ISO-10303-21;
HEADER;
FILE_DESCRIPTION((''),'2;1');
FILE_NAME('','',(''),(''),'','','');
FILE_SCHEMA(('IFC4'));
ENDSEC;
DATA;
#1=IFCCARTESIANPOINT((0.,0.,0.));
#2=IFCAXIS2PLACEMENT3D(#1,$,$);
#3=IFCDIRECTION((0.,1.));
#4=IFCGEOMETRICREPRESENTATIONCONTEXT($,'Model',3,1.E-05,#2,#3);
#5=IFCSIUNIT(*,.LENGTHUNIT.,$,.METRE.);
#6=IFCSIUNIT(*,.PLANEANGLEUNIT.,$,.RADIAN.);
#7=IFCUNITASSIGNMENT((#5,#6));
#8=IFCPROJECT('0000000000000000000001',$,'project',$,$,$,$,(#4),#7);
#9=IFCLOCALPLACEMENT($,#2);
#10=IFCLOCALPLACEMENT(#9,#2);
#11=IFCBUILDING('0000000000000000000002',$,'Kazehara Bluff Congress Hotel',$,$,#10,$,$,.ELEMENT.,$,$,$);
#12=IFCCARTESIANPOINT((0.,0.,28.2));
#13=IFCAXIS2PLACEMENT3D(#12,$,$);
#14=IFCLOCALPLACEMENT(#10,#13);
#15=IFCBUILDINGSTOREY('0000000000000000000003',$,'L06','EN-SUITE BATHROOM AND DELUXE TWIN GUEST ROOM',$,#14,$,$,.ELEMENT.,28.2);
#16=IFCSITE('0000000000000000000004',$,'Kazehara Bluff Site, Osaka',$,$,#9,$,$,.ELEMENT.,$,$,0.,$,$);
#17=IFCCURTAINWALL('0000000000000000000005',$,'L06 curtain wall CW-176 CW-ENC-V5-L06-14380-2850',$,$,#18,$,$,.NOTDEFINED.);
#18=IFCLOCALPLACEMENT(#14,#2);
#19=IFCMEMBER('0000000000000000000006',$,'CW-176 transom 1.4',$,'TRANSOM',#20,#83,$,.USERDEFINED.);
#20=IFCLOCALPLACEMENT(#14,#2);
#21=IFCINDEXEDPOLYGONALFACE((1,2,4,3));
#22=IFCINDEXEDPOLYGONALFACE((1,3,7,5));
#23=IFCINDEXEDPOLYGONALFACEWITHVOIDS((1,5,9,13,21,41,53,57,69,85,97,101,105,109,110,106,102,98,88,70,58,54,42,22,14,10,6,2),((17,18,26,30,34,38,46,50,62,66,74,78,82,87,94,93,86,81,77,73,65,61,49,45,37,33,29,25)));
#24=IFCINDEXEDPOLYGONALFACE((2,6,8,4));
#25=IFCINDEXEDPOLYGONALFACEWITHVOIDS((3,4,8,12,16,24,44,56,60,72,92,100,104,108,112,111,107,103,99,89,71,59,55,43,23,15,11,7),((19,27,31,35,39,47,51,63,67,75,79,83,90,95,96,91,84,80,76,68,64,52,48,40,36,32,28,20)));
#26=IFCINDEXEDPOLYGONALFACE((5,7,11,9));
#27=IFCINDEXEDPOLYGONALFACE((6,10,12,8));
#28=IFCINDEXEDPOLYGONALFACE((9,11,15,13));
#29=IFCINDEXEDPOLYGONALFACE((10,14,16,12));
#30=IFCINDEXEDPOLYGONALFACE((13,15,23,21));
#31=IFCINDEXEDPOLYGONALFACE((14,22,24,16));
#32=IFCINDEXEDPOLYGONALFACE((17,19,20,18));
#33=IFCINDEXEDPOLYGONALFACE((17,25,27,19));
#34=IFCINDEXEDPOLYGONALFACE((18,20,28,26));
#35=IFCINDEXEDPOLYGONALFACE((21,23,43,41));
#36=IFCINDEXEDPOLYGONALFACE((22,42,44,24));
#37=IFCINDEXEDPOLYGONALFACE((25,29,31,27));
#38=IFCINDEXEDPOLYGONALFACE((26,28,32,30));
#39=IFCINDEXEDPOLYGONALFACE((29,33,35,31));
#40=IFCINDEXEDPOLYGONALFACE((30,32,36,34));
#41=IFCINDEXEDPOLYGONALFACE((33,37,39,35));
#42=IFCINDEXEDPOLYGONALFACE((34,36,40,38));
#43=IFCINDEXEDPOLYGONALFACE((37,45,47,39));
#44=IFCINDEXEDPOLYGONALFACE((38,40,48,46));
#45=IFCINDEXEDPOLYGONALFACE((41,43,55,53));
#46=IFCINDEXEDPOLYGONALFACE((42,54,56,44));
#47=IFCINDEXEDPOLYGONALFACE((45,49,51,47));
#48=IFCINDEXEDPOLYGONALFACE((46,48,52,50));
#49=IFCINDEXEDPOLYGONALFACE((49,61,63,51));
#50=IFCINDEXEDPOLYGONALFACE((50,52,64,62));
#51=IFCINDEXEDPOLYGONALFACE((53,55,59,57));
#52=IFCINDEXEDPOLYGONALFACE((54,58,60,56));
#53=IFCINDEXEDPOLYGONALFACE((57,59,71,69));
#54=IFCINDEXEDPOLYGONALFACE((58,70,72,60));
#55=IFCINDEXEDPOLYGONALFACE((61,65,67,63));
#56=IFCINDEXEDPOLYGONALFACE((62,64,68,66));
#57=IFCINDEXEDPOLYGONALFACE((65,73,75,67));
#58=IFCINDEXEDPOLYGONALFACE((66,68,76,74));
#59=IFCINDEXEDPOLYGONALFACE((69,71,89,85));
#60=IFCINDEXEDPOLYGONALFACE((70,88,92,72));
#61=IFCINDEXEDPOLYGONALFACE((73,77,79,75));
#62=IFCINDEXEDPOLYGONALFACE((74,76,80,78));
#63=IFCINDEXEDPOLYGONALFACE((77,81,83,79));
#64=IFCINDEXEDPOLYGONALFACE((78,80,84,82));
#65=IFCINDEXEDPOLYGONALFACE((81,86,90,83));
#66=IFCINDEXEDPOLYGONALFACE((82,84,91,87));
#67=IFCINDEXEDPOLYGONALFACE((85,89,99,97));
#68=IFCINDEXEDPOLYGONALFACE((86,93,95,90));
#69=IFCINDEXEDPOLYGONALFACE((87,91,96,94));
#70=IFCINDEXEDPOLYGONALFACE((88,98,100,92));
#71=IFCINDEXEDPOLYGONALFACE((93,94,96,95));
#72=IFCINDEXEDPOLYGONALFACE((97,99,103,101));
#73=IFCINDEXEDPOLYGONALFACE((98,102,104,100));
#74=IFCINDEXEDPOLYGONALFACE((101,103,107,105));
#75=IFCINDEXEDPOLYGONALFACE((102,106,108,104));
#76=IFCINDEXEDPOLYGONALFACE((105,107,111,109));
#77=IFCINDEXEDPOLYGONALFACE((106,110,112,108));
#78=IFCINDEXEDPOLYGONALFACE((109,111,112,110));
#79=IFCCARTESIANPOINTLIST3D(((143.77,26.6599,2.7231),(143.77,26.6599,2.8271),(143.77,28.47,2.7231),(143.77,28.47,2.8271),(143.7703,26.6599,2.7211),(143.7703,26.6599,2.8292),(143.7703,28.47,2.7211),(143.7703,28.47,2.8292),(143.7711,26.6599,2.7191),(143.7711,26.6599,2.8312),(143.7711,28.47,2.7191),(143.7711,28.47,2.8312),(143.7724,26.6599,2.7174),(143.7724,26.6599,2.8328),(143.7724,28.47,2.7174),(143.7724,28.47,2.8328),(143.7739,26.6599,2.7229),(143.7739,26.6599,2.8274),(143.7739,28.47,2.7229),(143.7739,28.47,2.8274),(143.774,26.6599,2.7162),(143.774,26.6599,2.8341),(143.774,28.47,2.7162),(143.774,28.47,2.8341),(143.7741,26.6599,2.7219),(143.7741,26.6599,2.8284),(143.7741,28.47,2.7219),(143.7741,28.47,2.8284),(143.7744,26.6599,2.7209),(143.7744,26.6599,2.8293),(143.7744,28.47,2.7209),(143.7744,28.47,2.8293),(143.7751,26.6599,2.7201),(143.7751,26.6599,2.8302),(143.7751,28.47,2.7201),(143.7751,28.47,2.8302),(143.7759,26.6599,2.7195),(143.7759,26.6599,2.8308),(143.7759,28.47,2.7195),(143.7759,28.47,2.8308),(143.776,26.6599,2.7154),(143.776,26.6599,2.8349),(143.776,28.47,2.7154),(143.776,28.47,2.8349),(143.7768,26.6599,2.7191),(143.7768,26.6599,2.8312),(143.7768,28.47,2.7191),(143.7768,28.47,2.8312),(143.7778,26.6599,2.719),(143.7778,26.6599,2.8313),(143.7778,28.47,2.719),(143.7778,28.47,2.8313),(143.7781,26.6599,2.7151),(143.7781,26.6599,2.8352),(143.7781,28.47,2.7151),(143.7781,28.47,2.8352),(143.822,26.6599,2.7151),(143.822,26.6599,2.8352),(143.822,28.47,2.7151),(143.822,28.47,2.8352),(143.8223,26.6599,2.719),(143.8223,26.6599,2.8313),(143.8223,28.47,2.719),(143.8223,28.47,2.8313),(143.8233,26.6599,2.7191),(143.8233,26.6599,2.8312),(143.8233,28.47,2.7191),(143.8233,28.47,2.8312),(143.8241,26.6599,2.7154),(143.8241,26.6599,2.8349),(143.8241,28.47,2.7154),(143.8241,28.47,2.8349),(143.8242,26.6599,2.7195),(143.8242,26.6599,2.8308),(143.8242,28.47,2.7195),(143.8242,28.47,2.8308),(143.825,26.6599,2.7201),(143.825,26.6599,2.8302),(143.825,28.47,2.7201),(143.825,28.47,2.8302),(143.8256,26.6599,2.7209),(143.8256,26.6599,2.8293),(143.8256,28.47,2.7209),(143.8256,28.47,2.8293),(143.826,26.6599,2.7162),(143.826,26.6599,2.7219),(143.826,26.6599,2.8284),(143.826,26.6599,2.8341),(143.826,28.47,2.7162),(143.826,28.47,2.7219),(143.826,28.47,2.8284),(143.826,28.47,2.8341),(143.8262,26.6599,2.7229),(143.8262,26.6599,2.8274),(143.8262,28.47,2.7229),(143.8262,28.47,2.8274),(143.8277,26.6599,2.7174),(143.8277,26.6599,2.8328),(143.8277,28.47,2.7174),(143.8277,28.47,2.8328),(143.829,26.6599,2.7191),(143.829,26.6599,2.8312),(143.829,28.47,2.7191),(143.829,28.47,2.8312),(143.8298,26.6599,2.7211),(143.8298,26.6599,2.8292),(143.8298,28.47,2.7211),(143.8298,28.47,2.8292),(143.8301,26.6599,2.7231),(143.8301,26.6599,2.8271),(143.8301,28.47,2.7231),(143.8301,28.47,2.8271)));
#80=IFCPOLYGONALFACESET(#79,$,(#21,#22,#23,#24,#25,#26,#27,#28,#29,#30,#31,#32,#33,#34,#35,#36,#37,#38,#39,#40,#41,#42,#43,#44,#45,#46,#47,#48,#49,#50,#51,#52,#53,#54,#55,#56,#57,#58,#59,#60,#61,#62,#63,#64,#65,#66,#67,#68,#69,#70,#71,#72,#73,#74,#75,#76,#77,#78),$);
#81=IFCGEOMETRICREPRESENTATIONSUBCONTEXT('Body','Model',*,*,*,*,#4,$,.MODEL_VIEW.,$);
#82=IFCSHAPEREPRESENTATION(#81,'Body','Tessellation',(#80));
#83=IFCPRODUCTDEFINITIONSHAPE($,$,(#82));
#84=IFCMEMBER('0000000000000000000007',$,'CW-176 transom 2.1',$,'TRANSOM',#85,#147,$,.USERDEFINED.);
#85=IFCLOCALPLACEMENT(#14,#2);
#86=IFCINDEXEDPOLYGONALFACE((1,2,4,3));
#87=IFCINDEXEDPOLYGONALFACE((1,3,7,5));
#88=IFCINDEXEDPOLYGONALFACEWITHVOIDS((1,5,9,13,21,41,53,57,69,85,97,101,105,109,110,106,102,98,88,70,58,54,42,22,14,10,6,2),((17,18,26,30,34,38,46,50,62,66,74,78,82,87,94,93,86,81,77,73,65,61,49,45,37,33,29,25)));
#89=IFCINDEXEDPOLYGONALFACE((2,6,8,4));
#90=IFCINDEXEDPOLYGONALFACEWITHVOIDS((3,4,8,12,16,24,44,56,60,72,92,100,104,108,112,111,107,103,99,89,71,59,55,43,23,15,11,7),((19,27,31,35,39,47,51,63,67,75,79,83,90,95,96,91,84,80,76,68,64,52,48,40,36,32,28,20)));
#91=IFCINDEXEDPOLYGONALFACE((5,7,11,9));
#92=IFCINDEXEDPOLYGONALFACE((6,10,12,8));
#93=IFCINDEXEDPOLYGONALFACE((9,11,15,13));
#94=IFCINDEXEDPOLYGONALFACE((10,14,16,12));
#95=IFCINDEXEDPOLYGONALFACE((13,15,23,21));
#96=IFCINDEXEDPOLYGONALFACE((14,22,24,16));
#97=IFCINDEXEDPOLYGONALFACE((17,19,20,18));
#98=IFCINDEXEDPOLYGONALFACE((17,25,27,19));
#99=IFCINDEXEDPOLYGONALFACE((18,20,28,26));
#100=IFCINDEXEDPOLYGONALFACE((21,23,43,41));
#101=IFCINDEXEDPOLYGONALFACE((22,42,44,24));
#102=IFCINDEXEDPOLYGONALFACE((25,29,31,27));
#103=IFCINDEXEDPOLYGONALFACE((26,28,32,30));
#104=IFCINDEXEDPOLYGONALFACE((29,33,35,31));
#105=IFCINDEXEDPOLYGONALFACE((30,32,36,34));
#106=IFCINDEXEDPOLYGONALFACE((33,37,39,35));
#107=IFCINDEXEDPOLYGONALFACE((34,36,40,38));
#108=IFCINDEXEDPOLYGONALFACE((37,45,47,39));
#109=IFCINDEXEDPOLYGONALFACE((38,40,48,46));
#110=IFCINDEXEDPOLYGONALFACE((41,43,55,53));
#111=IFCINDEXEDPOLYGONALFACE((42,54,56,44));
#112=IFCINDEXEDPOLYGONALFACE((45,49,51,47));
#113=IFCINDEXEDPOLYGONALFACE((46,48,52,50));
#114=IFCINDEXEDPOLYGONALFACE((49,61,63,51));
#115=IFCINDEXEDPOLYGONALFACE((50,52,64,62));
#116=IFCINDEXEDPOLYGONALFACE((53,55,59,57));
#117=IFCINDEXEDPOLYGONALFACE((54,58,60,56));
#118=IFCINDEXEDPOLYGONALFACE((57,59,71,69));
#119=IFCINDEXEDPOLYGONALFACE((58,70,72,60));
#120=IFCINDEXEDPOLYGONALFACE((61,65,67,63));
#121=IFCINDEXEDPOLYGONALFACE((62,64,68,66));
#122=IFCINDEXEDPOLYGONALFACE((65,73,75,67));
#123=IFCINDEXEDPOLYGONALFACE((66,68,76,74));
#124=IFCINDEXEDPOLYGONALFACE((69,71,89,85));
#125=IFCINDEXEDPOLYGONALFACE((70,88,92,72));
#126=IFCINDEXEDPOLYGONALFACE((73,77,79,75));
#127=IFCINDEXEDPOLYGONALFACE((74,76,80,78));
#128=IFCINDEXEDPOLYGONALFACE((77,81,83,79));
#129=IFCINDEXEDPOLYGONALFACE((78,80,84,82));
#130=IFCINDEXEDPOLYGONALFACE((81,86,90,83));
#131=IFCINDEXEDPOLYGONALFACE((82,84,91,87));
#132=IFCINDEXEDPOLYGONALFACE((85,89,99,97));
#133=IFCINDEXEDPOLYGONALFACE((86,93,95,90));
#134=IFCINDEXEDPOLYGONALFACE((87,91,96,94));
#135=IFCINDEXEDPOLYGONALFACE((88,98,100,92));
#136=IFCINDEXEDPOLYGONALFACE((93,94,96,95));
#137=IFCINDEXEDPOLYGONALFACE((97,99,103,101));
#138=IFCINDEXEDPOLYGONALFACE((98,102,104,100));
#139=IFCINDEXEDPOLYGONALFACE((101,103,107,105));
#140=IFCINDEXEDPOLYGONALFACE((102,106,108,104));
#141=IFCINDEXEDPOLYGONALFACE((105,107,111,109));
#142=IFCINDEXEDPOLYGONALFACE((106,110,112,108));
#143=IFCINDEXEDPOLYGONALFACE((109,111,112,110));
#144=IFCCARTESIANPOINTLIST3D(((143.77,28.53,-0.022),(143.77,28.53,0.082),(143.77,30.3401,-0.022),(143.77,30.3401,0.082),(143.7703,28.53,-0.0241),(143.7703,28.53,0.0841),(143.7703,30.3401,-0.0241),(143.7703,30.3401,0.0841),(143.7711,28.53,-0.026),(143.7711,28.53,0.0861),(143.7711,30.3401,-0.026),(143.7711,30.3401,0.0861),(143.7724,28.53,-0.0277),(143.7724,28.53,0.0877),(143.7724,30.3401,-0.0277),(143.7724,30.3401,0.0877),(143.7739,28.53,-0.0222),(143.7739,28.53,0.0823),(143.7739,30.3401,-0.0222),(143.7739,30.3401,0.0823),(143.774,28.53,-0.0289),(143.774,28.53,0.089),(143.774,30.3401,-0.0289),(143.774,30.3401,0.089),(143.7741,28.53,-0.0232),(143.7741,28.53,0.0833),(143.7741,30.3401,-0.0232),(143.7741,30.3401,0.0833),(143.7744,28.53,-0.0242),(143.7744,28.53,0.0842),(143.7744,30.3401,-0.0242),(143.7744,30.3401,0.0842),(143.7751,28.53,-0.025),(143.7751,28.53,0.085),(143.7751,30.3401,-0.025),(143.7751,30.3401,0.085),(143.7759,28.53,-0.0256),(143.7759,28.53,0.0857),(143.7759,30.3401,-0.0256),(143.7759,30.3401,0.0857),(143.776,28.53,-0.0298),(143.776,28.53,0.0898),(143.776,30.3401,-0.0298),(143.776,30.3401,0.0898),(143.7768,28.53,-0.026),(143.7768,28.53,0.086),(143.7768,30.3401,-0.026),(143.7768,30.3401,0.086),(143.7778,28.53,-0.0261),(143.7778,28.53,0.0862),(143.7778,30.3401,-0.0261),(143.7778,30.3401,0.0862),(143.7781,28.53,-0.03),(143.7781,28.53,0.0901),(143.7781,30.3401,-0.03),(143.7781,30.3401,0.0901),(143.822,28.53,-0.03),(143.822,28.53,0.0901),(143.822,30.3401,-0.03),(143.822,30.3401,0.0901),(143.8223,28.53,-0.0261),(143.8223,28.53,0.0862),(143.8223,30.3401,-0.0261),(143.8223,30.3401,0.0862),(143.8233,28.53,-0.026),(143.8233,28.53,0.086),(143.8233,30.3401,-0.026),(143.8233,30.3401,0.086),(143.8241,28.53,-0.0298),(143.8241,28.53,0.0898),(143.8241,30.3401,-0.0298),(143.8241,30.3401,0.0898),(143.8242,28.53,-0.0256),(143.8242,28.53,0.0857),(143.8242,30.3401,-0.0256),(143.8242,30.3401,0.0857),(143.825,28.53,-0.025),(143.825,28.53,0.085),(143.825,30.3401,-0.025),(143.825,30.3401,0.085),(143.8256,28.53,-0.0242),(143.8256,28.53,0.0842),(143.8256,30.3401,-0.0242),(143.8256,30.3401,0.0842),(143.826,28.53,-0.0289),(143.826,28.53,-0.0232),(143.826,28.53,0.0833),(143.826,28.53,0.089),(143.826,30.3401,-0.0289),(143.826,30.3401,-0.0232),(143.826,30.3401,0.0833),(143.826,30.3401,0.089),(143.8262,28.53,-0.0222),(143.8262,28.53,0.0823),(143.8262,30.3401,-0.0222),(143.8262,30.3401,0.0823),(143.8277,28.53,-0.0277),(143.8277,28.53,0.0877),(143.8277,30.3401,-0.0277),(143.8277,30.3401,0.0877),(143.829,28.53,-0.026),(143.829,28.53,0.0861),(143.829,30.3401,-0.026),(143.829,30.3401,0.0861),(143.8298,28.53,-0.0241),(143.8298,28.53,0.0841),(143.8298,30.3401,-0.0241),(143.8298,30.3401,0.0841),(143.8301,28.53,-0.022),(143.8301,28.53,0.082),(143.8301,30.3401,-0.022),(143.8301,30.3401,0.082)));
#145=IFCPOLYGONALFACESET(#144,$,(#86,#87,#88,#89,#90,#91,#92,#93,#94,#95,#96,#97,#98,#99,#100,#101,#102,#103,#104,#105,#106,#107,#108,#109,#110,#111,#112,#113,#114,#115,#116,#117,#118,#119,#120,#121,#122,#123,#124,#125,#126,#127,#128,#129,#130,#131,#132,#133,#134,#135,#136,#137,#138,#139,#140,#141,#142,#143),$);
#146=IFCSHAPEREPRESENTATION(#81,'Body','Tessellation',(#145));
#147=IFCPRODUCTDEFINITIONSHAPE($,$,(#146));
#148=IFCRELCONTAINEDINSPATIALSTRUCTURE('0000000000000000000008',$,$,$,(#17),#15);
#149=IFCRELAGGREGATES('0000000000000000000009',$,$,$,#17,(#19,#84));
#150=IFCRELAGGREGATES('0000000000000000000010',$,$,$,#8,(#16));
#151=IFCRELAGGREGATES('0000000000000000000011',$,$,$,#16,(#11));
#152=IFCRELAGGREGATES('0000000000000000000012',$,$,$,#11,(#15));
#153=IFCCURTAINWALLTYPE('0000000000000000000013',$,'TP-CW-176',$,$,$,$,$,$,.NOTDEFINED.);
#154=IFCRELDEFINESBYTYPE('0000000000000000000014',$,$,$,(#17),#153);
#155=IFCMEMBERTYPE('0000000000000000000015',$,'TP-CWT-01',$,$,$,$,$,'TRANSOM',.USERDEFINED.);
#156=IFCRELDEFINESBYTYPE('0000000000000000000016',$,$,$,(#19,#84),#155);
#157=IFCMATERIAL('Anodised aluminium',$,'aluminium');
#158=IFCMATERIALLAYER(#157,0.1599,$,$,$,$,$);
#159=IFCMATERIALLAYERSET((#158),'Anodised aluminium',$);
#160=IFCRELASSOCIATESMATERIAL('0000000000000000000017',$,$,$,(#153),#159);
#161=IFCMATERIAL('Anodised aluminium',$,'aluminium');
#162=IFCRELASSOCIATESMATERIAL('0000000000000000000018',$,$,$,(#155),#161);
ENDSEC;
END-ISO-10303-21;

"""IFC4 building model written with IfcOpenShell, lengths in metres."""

from ifc_helpers import new_model, si_unit, direction, frame, origin, origin_2d, place, context, subcontext, project, spatial, hollow_rectangle, extrude, material, layer, layer_set, material_profile, profile_set, type_object, element, aggregate, save


model = new_model("IFC4")

# Units and contexts
model_context = context("Model", 3, precision=1e-05, world=origin(), true_north=direction((0.0, 1.0)))
body_context = subcontext(model_context, "Body", "Model", "MODEL_VIEW")
ifc_project = project(units=[si_unit("LENGTHUNIT", "METRE"), si_unit("PLANEANGLEUNIT", "RADIAN")], contexts=[model_context])

# Site, building, storey
site_placement = place(None, origin())
site = spatial("IfcSite", under=ifc_project, at=site_placement, Name="Kazehara Bluff Site, Osaka", CompositionType="ELEMENT", RefElevation=0.0)
building_placement = place(site_placement, origin())
building = spatial("IfcBuilding", under=site, at=building_placement, Name="Kazehara Bluff Congress Hotel", CompositionType="ELEMENT")
storey_placement = place(building_placement, frame((0.0, 0.0, 28.2)))
storey = spatial("IfcBuildingStorey", under=building, at=storey_placement, Name="L06", Description="EN-SUITE BATHROOM AND DELUXE TWIN GUEST ROOM", CompositionType="ELEMENT", Elevation=28.2)

# Curtain wall
ifc_material_1 = material(Name="Anodised aluminium", Category="aluminium")
ifc_layer_1 = layer(ifc_material_1, 0.1599)
ifc_layer_set_1 = layer_set([ifc_layer_1], Name="Anodised aluminium")
curtain_wall_type_1 = type_object("IfcCurtainWallType", Name="TP-CW-176", PredefinedType="NOTDEFINED", material=ifc_layer_set_1)
curtain_wall_1_placement = place(storey_placement, origin())
curtain_wall_1 = element("IfcCurtainWall", 1, at=curtain_wall_1_placement, inside=storey, type_object=curtain_wall_type_1, Name="L06 curtain wall CW-176 CW-ENC-V5-L06-14380-2850", PredefinedType="NOTDEFINED")

# Members
ifc_material_2 = material(Name="Anodised aluminium", Category="aluminium")
ifc_material_profile_1 = material_profile(ifc_material_2, hollow_rectangle(XDim=0.0601, YDim=0.1201, WallThickness=0.0039, InnerFilletRadius=0.0039, OuterFilletRadius=0.0081, at=origin_2d()))
ifc_profile_set_1 = profile_set([ifc_material_profile_1], Name="Anodised aluminium")
member_type_1 = type_object("IfcMemberType", Name="TP-CWT-01", ElementType="TRANSOM", PredefinedType="USERDEFINED", material=ifc_profile_set_1)
member_1_placement = place(storey_placement, frame((143.8, 26.6599, 2.7751), z_axis=(0.0, 1.0, 0.0), x_axis=(-1.0, 0.0, 0.0)))
member_1 = element("IfcMember", 2, at=member_1_placement, type_object=member_type_1, Name="CW-176 transom 1.4", ObjectType="TRANSOM", PredefinedType="USERDEFINED", context=body_context, shape_type="SweptSolid", body=[
    extrude(hollow_rectangle(XDim=0.0601, YDim=0.1201, WallThickness=0.0039, InnerFilletRadius=0.0039, OuterFilletRadius=0.0081, at=origin_2d()), origin(), (0.0, 0.0, 1.0), 1.8101),
])
member_2_placement = place(storey_placement, frame((143.8, 28.53, 0.03), z_axis=(0.0, 1.0, 0.0), x_axis=(-1.0, 0.0, 0.0)))
member_2 = element("IfcMember", 3, at=member_2_placement, type_object=member_type_1, Name="CW-176 transom 2.1", ObjectType="TRANSOM", PredefinedType="USERDEFINED", context=body_context, shape_type="SweptSolid", body=[
    extrude(hollow_rectangle(XDim=0.0601, YDim=0.1201, WallThickness=0.0039, InnerFilletRadius=0.0039, OuterFilletRadius=0.0081, at=origin_2d()), origin(), (0.0, 0.0, 1.0), 1.8101),
])

aggregate(curtain_wall_1, [member_1, member_2])

save(model, "model.ifc")
